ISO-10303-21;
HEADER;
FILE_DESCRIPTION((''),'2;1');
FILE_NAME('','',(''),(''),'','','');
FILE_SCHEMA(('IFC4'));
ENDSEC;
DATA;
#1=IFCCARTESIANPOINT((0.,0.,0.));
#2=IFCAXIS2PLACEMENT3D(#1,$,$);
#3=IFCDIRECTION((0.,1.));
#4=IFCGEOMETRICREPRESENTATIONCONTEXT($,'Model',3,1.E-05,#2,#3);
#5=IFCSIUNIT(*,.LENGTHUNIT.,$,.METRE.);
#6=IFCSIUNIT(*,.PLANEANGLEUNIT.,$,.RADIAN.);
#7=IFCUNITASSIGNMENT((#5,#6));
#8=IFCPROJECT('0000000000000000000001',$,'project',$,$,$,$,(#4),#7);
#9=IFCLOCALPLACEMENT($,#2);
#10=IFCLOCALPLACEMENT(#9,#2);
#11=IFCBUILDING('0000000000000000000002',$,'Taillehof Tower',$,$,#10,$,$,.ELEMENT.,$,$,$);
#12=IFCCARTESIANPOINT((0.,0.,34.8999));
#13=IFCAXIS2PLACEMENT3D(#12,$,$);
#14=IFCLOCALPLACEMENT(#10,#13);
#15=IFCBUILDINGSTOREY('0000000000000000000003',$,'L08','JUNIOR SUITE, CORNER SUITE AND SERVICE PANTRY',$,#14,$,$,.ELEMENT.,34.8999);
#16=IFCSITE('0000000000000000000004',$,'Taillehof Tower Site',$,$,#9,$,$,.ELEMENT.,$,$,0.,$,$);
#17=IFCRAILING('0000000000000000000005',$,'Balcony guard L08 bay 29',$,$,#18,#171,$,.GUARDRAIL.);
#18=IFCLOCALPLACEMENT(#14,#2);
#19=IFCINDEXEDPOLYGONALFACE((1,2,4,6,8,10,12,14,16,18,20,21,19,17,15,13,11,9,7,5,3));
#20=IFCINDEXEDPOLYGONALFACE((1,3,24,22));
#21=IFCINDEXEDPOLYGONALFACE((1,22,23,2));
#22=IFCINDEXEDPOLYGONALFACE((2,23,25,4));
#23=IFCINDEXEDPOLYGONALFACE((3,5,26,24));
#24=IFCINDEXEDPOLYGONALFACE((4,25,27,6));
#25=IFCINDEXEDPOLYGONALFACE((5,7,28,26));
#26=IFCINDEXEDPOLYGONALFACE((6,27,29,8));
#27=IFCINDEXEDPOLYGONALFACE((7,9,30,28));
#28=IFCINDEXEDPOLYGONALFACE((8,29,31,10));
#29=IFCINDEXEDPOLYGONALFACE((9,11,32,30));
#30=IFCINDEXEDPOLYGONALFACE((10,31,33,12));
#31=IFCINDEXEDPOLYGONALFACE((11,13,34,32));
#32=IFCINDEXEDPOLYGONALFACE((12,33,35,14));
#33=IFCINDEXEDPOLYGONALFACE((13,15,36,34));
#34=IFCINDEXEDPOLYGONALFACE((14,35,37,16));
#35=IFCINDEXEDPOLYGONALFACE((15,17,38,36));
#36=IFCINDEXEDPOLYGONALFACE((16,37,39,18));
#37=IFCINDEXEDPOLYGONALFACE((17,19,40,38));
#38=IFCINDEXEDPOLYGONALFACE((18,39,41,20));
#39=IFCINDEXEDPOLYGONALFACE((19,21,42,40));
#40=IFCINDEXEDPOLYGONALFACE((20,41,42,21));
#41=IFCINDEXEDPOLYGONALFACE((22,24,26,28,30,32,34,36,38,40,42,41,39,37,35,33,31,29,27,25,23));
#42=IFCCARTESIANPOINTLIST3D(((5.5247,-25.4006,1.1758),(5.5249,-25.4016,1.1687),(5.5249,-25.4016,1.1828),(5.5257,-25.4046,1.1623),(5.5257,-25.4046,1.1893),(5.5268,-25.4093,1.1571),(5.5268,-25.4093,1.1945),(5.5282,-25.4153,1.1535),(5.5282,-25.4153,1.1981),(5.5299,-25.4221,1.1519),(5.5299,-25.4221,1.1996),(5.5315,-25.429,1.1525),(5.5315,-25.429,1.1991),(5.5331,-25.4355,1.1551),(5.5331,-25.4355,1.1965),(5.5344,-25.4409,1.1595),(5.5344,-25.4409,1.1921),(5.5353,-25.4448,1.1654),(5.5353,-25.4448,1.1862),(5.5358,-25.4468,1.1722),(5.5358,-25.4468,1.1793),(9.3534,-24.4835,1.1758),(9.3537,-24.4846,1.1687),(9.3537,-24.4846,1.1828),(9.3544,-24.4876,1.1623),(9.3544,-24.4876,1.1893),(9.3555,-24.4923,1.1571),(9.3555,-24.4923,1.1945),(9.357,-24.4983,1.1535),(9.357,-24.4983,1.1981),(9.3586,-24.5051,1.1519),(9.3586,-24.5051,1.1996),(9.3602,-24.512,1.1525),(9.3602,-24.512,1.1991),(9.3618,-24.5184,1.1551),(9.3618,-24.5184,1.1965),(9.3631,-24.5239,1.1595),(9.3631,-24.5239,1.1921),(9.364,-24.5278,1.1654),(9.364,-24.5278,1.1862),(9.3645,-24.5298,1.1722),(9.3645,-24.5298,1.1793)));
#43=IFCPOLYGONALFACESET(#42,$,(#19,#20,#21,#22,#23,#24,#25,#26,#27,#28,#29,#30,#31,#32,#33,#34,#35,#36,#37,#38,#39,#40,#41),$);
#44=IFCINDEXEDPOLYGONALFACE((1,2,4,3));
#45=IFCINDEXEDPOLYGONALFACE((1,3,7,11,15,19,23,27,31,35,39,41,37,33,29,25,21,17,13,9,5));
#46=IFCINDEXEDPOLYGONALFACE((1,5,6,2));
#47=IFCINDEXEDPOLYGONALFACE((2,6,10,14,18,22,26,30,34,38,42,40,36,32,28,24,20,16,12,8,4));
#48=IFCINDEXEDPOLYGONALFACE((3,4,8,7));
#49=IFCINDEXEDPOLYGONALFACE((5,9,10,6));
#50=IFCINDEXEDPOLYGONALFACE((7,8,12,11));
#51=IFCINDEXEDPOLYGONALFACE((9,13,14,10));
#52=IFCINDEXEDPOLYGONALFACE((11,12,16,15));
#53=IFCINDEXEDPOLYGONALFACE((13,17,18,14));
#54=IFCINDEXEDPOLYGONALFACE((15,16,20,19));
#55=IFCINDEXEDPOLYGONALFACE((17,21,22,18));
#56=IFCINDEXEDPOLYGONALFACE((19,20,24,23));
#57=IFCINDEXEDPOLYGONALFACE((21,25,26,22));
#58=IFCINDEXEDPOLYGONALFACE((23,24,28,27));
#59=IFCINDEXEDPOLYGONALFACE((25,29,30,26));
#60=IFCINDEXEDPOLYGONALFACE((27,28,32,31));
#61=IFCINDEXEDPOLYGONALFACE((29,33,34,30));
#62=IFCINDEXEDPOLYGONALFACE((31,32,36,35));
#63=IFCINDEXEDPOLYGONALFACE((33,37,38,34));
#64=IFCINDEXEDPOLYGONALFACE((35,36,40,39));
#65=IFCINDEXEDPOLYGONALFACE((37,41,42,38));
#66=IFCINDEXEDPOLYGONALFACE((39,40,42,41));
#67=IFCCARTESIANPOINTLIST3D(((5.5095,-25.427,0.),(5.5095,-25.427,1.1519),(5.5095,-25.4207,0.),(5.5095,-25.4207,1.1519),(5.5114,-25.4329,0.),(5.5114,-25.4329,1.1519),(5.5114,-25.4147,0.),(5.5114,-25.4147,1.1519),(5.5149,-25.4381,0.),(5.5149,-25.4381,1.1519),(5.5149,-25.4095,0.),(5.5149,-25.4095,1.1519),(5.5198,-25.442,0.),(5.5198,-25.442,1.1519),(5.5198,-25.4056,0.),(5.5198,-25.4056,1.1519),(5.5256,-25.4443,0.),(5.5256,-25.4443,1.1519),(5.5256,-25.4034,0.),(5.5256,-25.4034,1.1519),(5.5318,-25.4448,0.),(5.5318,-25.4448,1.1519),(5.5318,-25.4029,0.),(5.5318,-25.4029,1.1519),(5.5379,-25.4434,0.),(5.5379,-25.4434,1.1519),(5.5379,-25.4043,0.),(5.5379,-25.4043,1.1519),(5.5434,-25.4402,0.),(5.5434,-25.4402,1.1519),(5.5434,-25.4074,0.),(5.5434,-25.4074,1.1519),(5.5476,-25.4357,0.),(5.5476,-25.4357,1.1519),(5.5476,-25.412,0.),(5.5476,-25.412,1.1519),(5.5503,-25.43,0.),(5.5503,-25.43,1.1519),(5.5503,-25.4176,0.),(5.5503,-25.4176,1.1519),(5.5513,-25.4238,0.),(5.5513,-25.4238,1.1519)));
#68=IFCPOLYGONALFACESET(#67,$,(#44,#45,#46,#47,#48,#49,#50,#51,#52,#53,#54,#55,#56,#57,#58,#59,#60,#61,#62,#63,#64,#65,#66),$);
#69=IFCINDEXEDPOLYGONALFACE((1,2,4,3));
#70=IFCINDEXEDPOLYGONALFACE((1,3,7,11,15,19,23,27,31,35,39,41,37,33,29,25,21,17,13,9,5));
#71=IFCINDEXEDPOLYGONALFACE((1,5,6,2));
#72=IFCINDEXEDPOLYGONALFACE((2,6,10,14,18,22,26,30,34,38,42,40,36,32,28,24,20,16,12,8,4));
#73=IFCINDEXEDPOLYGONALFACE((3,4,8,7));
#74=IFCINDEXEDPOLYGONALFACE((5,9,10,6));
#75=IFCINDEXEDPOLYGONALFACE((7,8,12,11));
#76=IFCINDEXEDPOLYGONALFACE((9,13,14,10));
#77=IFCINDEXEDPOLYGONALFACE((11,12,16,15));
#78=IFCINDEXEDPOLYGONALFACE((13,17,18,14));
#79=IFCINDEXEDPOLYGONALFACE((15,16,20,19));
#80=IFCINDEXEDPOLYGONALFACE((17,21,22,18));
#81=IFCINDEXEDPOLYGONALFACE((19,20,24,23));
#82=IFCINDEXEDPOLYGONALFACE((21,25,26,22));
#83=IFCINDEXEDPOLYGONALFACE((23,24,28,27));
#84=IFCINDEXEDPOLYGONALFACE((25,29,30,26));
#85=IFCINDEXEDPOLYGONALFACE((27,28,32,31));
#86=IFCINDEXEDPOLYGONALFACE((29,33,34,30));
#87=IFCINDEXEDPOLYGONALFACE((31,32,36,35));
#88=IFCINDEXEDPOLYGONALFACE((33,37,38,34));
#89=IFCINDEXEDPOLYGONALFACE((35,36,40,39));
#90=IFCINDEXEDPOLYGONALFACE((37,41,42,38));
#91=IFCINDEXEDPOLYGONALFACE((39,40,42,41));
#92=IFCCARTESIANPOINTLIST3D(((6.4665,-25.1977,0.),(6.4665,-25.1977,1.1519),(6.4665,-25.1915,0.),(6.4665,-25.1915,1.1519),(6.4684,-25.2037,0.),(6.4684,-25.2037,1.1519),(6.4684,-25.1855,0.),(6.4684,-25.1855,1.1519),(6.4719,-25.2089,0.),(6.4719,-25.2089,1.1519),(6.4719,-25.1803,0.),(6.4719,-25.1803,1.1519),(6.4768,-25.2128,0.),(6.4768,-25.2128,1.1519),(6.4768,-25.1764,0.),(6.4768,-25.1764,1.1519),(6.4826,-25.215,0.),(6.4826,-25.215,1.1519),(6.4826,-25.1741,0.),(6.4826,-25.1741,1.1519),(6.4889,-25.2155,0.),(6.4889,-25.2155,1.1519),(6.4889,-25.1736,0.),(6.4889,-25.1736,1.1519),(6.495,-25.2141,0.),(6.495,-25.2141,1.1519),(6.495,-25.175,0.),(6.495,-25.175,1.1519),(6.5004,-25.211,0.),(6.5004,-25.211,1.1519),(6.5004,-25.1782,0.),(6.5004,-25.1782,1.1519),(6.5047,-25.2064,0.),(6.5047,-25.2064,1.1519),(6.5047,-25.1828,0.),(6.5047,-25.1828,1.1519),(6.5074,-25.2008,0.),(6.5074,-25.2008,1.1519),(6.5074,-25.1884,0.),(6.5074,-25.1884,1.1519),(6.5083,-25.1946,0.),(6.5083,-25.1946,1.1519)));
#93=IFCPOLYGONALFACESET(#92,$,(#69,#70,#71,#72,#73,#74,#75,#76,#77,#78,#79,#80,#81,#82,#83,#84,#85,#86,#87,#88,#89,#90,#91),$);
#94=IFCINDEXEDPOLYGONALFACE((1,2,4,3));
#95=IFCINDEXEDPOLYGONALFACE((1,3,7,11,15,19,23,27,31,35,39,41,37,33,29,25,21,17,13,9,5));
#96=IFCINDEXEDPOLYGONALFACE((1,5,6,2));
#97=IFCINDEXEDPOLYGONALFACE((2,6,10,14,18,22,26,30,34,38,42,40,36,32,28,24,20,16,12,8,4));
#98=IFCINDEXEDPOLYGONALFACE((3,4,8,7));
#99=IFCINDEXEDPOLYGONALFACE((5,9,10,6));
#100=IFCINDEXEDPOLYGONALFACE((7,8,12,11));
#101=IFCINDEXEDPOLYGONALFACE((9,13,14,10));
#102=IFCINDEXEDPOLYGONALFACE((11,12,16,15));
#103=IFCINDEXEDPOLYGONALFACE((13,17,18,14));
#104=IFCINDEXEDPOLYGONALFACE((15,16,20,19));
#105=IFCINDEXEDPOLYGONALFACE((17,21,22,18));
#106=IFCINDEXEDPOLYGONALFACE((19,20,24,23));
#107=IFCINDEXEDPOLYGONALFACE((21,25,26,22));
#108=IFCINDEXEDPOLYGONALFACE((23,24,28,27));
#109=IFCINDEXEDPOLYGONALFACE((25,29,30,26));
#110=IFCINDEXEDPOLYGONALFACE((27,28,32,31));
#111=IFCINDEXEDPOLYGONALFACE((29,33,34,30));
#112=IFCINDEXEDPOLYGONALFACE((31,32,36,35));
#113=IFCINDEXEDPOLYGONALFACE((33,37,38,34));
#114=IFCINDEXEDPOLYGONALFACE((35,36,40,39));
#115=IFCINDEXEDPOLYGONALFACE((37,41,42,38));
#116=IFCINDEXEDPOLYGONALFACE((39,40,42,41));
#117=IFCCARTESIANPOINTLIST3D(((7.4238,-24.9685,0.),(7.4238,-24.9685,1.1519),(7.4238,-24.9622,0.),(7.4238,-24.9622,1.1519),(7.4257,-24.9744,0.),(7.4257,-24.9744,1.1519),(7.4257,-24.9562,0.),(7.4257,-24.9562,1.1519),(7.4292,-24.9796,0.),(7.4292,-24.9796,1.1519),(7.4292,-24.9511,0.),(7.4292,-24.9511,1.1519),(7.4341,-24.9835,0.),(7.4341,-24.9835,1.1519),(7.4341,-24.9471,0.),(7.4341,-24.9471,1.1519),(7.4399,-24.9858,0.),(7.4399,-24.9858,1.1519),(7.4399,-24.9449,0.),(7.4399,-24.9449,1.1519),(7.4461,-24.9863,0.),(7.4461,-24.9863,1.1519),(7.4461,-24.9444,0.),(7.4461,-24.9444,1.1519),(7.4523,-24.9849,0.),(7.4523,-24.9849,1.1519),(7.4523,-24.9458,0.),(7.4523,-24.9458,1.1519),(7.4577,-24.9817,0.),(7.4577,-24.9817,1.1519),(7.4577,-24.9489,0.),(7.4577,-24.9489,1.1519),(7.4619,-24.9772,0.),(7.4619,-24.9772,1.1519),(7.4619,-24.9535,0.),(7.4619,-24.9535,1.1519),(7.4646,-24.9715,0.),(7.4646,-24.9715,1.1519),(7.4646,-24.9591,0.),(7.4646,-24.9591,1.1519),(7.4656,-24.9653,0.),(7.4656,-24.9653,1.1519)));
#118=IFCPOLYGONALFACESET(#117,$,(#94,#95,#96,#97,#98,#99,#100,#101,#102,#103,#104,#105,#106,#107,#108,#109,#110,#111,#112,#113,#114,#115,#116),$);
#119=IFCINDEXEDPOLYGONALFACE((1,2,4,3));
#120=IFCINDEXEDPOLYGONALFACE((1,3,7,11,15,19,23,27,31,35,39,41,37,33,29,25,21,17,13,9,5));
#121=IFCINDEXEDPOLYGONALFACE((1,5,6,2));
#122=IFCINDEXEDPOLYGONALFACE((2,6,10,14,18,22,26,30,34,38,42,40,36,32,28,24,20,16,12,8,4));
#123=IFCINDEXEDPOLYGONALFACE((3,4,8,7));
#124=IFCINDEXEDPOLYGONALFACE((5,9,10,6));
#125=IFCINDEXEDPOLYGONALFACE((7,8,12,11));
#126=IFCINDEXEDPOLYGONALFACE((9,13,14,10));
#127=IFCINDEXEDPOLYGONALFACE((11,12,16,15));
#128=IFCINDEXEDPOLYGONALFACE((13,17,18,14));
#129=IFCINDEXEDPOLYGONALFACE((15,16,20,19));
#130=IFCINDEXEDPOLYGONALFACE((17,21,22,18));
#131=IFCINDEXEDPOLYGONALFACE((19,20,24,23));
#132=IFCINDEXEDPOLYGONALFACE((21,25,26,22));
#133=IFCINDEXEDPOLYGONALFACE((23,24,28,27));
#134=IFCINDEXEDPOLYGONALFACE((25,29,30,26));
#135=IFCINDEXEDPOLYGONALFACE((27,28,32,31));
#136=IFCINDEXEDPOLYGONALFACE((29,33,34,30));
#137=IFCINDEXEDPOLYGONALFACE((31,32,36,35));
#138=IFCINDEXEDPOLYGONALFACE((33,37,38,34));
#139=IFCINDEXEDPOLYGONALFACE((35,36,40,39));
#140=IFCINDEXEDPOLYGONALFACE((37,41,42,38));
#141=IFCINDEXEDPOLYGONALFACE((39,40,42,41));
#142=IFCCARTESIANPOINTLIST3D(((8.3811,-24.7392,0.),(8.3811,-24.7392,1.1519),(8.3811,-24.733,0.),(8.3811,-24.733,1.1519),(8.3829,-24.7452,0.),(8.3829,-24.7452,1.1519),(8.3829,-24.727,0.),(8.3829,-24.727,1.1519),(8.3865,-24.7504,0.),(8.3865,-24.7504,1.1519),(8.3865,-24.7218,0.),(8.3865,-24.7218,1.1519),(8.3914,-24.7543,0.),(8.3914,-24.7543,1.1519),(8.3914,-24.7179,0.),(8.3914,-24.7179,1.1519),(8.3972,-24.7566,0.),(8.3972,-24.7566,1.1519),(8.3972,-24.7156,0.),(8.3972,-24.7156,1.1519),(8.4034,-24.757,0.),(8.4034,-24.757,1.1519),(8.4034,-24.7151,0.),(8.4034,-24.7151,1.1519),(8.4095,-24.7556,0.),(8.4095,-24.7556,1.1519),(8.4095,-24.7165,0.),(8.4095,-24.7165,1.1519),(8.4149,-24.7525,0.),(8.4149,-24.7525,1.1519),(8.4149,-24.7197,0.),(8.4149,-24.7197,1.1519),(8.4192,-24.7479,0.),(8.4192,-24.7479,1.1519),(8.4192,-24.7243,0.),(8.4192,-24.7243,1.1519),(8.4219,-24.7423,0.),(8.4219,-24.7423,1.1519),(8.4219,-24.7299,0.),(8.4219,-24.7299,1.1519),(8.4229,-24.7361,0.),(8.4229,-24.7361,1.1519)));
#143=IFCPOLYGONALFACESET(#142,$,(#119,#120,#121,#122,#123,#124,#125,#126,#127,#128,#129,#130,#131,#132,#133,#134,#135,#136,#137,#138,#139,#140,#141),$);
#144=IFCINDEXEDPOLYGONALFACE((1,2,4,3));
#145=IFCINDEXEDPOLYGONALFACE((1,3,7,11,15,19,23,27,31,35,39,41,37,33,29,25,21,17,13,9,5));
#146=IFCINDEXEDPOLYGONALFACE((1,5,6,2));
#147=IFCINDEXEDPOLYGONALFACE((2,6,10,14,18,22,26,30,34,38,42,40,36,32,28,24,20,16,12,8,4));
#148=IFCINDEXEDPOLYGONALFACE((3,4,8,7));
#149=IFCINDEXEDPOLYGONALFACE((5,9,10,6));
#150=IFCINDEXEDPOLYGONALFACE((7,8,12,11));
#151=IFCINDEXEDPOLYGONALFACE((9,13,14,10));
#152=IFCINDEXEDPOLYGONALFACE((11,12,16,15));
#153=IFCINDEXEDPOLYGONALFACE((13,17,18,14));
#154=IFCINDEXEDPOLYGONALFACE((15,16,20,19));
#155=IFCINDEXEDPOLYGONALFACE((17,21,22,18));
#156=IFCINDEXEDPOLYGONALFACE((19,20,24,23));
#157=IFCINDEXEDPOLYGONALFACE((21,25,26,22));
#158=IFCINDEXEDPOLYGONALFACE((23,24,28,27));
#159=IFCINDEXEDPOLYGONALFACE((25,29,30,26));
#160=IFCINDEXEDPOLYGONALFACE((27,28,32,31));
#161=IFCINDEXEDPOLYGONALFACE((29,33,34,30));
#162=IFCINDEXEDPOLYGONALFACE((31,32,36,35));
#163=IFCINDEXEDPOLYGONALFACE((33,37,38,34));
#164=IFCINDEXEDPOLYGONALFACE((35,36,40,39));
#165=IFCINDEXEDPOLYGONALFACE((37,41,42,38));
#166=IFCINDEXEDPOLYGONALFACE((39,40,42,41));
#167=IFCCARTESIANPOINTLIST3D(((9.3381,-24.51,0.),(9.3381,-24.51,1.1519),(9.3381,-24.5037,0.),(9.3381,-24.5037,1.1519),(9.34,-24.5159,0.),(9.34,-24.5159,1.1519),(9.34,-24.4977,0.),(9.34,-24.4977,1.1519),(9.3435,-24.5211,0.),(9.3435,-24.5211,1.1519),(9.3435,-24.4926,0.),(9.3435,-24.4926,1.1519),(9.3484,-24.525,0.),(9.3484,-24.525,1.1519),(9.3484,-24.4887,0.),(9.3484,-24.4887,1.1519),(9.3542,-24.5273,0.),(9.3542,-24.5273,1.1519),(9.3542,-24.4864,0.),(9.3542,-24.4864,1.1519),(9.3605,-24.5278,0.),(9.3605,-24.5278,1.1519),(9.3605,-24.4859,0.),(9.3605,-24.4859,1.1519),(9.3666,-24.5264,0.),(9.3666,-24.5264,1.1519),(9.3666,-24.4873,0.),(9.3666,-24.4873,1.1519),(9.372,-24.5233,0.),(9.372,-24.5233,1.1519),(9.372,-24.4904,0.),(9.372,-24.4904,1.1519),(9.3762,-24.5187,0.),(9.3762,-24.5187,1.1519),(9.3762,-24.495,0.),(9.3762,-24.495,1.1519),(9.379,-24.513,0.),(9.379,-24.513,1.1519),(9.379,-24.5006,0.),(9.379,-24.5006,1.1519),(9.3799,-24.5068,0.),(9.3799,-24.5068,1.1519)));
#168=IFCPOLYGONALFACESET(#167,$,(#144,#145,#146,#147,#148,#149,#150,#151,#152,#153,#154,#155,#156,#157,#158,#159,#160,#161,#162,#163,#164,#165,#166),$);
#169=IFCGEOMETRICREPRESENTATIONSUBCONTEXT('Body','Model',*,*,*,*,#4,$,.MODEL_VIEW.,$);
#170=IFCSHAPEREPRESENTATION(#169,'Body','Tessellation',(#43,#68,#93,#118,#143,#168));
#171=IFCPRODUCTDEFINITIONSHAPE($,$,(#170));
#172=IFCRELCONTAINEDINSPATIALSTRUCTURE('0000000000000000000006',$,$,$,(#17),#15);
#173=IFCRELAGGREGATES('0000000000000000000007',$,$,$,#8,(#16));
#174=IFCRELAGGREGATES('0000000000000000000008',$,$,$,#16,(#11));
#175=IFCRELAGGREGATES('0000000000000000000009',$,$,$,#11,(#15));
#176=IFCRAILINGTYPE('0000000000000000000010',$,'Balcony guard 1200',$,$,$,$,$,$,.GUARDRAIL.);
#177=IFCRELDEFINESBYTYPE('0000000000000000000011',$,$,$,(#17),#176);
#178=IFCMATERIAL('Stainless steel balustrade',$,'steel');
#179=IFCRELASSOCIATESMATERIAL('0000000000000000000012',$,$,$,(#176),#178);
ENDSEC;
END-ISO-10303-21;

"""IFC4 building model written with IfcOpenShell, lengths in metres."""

from ifc_helpers import new_model, si_unit, direction, frame, origin, origin_2d, place, context, subcontext, project, spatial, circle, extrude, material, type_object, element, save


model = new_model("IFC4")

# Units and contexts
model_context = context("Model", 3, precision=1e-05, world=origin(), true_north=direction((0.0, 1.0)))
body_context = subcontext(model_context, "Body", "Model", "MODEL_VIEW")
ifc_project = project(units=[si_unit("LENGTHUNIT", "METRE"), si_unit("PLANEANGLEUNIT", "RADIAN")], contexts=[model_context])

# Site, building, storey
site_placement = place(None, origin())
site = spatial("IfcSite", under=ifc_project, at=site_placement, Name="Taillehof Tower Site", CompositionType="ELEMENT", RefElevation=0.0)
building_placement = place(site_placement, origin())
building = spatial("IfcBuilding", under=site, at=building_placement, Name="Taillehof Tower", CompositionType="ELEMENT")
storey_placement = place(building_placement, frame((0.0, 0.0, 34.8999)))
storey = spatial("IfcBuildingStorey", under=building, at=storey_placement, Name="L08", Description="JUNIOR SUITE, CORNER SUITE AND SERVICE PANTRY", CompositionType="ELEMENT", Elevation=34.8999)

# Railing
ifc_material_1 = material(Name="Stainless steel balustrade", Category="steel")
railing_type = type_object("IfcRailingType", Name="Balcony guard 1200", PredefinedType="GUARDRAIL", material=ifc_material_1)
railing_1_placement = place(storey_placement, frame((5.5303, -25.4238, 0.0)))
element("IfcRailing", 1, at=railing_1_placement, inside=storey, type_object=railing_type, Name="Balcony guard L08 bay 29", PredefinedType="GUARDRAIL", context=body_context, shape_type="SweptSolid", body=[
    extrude(circle(Radius=0.0239, at=origin_2d()), frame((0.0, 0.0, 1.1758), z_axis=(0.972495, 0.232923, 0.0), x_axis=(-0.232923, 0.972495, 0.0)), (0.0, 0.0, 1.0), 3.937),
    extrude(circle(Radius=0.021, at=origin_2d()), origin(), (0.0, 0.0, 1.0), 1.1519),
    extrude(circle(Radius=0.021, at=origin_2d()), frame((0.957, 0.2292, 0.0)), (0.0, 0.0, 1.0), 1.1519),
    extrude(circle(Radius=0.021, at=origin_2d()), frame((1.9143, 0.4585, 0.0)), (0.0, 0.0, 1.0), 1.1519),
    extrude(circle(Radius=0.021, at=origin_2d()), frame((2.8716, 0.6877, 0.0)), (0.0, 0.0, 1.0), 1.1519),
    extrude(circle(Radius=0.021, at=origin_2d()), frame((3.8286, 0.917, 0.0)), (0.0, 0.0, 1.0), 1.1519),
])

save(model, "model.ifc")
